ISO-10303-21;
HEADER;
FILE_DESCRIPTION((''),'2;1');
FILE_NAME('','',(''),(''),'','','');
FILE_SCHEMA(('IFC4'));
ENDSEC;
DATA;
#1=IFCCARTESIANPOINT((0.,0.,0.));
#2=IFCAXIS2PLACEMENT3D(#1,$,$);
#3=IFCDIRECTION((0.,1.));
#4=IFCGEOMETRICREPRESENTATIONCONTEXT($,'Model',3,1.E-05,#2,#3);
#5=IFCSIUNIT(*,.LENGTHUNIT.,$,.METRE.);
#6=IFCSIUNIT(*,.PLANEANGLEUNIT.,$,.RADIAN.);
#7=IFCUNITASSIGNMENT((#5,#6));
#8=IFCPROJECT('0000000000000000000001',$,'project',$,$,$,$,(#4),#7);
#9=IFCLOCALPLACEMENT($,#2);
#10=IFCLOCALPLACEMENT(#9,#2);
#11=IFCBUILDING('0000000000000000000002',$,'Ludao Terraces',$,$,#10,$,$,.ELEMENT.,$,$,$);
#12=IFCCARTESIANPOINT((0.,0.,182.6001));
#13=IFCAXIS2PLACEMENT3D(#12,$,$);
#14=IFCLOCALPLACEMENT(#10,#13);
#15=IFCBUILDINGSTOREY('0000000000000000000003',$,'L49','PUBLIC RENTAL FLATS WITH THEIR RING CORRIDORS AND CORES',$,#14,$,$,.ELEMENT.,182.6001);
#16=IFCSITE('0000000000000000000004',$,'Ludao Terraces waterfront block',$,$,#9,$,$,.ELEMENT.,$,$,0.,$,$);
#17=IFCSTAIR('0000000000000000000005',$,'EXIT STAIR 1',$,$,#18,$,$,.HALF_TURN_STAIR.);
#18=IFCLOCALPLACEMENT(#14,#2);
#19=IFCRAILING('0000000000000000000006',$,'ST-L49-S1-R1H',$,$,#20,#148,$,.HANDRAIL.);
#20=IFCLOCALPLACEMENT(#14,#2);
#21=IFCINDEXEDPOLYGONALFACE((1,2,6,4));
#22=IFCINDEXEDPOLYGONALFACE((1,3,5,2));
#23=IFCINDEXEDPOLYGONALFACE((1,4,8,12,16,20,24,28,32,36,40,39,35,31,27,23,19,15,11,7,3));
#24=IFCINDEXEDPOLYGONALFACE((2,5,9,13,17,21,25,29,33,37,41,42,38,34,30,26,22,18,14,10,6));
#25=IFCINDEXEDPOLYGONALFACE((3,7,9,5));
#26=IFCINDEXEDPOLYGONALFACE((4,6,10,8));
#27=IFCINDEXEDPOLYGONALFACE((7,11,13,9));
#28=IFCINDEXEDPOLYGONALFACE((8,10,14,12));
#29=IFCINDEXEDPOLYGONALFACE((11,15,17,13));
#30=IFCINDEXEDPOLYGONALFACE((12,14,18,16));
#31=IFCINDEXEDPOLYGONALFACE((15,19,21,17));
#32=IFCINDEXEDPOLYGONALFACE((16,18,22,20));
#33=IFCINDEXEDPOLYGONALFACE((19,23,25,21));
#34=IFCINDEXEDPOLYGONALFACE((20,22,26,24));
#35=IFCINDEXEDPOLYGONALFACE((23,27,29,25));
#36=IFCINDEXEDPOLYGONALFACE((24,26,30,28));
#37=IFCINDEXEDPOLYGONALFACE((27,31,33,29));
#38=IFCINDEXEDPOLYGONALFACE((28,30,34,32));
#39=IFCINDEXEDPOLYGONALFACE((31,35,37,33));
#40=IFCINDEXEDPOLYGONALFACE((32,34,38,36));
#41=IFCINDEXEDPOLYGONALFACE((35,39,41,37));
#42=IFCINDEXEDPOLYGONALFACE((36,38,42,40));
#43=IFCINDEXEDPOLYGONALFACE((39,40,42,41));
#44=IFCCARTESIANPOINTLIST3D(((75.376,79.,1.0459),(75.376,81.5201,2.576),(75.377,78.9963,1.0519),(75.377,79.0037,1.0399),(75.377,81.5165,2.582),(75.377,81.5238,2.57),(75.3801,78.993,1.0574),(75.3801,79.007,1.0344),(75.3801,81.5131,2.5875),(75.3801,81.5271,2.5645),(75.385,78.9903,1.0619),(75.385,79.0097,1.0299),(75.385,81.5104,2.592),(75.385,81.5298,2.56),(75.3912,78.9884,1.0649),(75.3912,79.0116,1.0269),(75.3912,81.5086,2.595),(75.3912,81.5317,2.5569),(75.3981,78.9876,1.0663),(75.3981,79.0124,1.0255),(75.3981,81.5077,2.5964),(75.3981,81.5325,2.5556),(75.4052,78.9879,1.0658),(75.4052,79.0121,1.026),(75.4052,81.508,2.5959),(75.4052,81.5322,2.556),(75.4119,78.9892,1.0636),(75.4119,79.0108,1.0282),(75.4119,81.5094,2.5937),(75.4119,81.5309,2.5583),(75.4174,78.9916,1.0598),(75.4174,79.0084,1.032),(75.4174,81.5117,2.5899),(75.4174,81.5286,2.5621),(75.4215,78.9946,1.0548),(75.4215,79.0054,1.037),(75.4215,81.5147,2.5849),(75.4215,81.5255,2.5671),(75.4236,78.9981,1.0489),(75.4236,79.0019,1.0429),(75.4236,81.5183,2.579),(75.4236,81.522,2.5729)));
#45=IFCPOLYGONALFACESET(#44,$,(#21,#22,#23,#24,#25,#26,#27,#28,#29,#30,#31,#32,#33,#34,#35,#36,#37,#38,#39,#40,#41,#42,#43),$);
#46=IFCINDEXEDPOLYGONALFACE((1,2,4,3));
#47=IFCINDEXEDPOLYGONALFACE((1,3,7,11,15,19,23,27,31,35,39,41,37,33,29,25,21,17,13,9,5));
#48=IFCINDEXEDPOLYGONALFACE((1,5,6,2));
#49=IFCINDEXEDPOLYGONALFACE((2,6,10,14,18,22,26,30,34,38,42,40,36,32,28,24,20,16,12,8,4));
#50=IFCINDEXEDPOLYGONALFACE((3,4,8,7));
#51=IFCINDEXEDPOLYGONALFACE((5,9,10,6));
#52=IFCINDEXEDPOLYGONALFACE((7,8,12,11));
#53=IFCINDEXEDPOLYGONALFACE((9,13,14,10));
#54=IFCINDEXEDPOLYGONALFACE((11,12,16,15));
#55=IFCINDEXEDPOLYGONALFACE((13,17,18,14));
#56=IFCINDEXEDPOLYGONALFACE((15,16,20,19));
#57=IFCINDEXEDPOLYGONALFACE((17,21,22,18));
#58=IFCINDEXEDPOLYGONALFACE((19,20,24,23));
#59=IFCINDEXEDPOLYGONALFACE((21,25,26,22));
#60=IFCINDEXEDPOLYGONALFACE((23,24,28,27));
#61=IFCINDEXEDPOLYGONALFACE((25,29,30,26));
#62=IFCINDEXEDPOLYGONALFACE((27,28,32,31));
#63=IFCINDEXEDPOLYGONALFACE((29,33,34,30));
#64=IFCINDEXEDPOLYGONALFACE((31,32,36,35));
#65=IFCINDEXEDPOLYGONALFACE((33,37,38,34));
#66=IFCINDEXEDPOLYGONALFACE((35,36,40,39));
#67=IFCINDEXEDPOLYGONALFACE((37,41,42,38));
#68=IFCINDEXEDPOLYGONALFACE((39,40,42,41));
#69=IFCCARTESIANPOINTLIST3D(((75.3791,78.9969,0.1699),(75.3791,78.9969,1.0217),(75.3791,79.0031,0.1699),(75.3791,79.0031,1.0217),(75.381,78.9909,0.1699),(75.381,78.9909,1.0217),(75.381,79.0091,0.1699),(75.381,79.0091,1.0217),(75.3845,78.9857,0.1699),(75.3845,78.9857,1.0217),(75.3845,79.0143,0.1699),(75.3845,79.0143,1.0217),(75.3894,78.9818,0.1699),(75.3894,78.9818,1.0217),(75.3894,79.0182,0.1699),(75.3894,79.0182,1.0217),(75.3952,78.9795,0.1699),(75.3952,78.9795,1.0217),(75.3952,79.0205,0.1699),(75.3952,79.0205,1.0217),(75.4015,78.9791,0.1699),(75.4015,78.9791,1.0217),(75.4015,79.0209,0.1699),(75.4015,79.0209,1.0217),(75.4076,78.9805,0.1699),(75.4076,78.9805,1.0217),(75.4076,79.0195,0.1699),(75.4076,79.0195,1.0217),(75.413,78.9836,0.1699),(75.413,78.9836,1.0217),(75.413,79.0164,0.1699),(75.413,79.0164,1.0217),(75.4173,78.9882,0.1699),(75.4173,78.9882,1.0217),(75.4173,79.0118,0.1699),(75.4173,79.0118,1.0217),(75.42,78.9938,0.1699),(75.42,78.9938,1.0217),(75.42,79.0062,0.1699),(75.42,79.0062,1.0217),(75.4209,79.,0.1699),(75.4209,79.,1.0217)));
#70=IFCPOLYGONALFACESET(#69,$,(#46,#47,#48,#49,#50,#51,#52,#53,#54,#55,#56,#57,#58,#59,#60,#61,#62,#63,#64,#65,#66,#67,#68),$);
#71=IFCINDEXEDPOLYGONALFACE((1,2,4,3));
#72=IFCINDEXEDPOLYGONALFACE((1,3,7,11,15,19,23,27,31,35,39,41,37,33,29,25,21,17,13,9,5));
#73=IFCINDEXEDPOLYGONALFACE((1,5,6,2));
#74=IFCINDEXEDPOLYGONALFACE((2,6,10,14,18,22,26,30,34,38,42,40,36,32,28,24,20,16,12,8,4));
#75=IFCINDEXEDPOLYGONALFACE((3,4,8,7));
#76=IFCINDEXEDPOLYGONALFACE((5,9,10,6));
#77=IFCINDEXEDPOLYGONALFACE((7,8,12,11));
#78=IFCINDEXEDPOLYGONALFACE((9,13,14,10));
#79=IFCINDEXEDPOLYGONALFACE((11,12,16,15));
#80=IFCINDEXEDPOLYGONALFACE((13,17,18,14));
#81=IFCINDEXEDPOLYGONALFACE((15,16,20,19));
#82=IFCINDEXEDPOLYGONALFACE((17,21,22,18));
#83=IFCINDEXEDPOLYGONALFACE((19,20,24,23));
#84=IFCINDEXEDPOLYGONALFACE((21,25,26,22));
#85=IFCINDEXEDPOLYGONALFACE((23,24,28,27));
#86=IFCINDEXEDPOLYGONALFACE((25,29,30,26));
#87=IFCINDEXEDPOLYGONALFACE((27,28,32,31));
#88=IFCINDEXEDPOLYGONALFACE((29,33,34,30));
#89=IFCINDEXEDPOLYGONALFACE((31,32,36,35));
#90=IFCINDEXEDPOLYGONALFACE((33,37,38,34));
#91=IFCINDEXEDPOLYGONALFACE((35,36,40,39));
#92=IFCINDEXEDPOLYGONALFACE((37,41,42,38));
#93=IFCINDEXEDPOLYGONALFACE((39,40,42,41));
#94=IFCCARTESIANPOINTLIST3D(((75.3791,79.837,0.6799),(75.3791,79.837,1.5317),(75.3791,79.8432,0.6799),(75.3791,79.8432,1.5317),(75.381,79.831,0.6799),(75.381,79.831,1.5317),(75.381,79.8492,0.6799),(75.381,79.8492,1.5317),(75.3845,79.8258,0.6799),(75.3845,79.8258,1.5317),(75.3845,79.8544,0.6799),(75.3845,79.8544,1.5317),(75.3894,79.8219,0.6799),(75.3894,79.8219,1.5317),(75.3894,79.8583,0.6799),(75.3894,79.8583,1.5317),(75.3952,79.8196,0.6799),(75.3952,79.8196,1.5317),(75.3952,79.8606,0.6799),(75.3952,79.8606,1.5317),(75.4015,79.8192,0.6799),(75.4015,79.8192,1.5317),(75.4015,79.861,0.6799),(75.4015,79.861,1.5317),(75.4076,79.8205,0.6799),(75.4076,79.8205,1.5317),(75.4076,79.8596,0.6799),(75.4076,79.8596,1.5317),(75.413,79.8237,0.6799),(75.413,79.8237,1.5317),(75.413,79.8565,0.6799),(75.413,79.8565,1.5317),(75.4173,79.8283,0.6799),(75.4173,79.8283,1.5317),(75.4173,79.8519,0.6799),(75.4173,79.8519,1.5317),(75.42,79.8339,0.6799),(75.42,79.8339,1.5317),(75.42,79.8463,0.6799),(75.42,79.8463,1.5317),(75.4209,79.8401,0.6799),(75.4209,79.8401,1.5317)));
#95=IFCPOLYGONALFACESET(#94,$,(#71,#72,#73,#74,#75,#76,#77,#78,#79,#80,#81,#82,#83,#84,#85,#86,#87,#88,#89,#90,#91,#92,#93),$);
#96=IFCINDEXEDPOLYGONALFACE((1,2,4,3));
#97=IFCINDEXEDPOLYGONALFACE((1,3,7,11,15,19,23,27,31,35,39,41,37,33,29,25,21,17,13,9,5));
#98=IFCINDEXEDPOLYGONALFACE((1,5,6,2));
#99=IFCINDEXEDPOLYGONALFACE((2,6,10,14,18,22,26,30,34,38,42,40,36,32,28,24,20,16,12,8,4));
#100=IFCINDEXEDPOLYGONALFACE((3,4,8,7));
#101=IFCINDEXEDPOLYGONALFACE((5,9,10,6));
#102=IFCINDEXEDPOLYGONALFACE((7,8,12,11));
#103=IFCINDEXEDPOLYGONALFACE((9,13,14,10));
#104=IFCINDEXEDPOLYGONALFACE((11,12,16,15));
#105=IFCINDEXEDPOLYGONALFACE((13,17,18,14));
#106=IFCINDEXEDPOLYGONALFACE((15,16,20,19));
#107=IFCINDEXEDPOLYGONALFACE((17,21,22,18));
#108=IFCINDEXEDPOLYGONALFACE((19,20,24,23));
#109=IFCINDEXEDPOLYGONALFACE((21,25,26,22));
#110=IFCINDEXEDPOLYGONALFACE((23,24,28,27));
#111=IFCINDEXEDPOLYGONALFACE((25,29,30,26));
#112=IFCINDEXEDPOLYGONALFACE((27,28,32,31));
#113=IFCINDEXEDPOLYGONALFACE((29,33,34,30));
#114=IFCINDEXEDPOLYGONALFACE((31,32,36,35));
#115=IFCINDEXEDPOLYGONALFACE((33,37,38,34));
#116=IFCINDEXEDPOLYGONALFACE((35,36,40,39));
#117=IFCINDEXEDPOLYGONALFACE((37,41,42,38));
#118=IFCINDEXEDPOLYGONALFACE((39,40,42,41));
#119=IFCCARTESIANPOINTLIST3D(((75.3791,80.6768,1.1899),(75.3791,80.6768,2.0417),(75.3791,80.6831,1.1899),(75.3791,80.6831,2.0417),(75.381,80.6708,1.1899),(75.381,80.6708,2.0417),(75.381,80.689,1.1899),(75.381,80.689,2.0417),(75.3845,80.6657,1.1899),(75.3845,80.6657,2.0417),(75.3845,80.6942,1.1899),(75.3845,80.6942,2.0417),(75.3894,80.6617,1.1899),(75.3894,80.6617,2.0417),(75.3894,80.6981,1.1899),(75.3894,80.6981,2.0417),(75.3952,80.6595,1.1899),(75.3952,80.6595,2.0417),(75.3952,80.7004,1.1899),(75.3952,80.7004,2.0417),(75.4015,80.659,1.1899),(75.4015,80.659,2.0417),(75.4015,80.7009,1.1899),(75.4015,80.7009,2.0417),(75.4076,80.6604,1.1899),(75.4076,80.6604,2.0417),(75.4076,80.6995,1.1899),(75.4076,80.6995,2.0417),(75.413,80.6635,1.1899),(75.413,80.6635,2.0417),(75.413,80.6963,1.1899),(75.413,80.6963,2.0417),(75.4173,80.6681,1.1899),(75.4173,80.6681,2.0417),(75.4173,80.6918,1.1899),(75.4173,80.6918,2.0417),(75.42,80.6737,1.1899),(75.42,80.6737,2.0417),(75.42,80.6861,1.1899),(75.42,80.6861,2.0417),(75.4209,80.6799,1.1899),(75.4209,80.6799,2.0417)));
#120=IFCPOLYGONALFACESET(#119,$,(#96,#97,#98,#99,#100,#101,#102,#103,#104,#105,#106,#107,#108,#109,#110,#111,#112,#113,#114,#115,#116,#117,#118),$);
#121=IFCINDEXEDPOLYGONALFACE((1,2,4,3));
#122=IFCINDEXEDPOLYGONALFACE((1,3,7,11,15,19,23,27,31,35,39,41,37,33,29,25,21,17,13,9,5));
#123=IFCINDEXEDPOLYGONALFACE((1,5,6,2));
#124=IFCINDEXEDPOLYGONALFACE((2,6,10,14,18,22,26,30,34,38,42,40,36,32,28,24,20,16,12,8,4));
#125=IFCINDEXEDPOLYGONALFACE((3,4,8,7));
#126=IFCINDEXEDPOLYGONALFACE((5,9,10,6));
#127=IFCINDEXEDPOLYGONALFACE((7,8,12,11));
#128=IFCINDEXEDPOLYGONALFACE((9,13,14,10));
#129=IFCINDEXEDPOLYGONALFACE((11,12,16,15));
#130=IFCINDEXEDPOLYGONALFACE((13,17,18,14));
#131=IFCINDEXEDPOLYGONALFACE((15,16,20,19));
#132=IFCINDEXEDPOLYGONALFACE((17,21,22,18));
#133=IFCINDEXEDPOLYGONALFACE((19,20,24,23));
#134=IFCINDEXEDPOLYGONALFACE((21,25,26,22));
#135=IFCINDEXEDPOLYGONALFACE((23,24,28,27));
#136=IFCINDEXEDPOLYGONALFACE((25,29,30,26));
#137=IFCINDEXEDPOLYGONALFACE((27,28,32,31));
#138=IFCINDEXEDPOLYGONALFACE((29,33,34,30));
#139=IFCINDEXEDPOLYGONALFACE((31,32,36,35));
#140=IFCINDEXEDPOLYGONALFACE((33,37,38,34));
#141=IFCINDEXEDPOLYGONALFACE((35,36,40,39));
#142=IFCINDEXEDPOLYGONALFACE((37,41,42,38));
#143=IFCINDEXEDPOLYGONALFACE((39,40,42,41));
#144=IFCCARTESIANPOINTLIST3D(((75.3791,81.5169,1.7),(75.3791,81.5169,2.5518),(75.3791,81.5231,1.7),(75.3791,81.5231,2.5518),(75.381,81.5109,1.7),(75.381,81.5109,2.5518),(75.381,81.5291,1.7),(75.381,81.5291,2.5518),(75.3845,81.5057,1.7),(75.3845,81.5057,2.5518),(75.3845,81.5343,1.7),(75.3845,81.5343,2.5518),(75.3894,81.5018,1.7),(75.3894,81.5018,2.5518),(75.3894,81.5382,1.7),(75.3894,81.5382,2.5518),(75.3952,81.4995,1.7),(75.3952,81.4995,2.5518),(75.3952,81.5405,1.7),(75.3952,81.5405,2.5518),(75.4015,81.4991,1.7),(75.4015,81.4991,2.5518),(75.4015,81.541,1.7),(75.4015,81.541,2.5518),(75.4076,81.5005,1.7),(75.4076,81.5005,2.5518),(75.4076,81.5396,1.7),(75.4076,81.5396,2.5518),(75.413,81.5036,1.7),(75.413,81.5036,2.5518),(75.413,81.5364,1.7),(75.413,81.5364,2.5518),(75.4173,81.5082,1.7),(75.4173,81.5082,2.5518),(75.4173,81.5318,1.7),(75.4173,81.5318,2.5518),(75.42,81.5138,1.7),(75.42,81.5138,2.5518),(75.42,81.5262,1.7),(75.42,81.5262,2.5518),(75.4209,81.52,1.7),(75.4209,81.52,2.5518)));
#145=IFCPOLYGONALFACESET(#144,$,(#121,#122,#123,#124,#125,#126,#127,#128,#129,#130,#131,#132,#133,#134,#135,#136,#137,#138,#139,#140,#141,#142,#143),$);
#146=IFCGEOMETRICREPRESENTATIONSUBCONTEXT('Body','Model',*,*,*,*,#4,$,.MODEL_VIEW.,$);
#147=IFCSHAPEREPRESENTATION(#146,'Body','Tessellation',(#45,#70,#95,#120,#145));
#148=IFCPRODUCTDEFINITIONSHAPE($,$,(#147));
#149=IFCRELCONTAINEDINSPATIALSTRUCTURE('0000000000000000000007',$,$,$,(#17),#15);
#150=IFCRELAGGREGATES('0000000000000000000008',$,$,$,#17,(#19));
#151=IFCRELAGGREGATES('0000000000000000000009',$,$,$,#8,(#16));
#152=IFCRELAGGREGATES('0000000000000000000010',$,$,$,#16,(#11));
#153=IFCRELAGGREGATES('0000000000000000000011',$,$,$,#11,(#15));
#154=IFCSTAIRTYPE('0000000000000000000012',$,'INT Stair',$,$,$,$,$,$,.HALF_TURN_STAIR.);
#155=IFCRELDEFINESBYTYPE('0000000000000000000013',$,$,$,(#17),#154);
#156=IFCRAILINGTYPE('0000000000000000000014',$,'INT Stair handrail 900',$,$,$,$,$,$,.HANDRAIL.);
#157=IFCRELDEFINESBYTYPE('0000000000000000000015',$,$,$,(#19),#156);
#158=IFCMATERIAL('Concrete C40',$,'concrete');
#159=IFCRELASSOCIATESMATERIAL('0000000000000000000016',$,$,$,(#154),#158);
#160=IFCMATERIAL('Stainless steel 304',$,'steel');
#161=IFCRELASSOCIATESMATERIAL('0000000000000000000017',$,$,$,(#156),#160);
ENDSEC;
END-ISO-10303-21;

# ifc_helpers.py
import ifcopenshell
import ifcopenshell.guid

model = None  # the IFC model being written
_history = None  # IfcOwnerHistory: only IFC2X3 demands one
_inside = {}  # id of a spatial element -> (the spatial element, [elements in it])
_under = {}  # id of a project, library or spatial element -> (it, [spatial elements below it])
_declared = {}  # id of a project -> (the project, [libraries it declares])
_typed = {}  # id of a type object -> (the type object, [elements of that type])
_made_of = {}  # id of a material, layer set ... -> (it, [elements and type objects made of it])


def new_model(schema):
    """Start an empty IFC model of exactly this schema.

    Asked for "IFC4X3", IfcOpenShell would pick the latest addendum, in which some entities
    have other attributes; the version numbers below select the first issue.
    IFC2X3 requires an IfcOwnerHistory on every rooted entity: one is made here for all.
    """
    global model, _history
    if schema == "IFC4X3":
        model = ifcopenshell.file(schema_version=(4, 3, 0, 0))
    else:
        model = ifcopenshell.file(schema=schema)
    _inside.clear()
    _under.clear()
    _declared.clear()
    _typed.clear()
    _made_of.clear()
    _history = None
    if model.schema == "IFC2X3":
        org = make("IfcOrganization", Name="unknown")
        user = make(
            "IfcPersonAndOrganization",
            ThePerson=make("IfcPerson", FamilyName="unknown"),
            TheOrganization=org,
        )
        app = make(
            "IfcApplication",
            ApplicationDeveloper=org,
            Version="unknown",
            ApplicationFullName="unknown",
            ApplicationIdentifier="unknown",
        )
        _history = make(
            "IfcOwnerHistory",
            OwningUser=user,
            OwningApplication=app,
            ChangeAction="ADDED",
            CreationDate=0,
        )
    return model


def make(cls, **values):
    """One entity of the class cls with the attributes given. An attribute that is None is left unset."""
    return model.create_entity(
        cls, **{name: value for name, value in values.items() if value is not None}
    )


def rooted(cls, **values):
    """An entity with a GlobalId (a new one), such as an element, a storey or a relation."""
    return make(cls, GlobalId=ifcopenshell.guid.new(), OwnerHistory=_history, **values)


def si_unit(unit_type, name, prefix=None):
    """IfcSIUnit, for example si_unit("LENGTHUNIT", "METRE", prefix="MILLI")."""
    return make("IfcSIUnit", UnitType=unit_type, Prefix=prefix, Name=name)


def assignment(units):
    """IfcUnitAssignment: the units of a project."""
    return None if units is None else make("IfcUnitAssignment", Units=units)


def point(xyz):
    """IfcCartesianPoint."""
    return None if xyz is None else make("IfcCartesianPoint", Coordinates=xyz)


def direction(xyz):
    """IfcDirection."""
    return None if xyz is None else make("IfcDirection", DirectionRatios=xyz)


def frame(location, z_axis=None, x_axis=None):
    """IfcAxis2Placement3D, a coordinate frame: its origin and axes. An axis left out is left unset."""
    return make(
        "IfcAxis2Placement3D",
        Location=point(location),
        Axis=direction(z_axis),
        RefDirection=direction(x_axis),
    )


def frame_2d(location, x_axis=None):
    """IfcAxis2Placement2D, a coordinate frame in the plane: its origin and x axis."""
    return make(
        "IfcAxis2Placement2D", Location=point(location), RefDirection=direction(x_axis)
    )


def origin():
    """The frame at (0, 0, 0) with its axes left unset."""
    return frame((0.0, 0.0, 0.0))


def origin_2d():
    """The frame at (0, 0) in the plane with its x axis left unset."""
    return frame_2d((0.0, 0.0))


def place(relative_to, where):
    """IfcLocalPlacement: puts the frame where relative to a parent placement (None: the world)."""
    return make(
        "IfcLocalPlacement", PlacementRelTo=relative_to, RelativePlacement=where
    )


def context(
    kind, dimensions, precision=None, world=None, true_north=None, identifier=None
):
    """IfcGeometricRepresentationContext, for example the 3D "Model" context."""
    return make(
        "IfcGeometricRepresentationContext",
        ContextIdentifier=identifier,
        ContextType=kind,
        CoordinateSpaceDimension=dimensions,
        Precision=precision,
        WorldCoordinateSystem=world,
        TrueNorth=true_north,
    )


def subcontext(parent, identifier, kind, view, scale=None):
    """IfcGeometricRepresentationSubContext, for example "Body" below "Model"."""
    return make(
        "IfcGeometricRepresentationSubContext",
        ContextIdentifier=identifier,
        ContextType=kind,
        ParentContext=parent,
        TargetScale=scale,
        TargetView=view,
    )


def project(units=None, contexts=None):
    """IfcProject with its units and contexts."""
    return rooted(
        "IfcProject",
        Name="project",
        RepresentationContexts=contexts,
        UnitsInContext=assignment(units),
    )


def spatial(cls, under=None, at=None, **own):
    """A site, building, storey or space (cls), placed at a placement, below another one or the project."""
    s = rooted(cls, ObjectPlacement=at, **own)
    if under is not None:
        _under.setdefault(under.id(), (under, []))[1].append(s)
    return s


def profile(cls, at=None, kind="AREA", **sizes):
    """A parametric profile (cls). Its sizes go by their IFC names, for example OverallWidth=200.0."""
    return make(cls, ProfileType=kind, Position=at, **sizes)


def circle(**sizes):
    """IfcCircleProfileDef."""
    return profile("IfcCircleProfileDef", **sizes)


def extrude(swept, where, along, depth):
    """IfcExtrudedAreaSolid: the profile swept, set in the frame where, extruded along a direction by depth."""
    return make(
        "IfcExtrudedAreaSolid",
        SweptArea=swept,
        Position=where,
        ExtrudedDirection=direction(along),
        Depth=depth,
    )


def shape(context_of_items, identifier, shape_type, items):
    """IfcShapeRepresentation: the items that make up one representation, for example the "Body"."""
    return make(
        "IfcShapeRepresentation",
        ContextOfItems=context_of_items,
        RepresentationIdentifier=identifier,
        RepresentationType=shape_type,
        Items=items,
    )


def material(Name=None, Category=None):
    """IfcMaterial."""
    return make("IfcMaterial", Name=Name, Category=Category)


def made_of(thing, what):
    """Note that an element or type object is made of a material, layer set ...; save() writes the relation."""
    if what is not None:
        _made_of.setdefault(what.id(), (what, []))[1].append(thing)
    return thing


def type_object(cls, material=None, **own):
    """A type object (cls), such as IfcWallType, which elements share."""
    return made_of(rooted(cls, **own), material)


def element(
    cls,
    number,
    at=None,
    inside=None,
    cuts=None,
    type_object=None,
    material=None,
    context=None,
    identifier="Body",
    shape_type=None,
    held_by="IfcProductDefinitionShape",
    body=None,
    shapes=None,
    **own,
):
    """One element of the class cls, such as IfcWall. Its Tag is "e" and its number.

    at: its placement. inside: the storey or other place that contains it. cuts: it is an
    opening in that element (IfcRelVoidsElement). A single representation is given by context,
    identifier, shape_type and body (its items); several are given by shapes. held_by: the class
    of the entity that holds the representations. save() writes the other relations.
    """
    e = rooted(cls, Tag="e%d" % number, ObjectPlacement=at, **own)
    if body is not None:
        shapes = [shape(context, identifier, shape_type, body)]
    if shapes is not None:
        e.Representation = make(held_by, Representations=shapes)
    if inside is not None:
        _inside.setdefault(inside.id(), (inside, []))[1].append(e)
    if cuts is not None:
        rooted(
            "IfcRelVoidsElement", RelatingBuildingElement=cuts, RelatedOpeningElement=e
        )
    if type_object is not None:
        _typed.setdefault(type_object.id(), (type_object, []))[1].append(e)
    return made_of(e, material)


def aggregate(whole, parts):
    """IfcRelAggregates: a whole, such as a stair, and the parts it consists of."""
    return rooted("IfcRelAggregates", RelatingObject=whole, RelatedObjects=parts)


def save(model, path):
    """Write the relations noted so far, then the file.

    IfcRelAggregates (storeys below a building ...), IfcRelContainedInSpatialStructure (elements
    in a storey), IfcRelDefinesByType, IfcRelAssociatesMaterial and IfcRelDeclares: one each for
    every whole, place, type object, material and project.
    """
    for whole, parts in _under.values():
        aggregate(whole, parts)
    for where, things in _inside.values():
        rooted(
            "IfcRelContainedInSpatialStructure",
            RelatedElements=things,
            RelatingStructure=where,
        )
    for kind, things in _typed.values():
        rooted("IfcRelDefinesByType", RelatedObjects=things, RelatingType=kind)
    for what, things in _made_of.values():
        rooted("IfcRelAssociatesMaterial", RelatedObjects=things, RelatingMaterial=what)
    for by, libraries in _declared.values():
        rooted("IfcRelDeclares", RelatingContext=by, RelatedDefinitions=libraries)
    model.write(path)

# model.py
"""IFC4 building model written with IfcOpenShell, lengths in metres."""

from ifc_helpers import new_model, si_unit, direction, frame, origin, origin_2d, place, context, subcontext, project, spatial, circle, extrude, material, type_object, element, aggregate, save


model = new_model("IFC4")

# Units and contexts
model_context = context("Model", 3, precision=1e-05, world=origin(), true_north=direction((0.0, 1.0)))
body_context = subcontext(model_context, "Body", "Model", "MODEL_VIEW")
ifc_project = project(units=[si_unit("LENGTHUNIT", "METRE"), si_unit("PLANEANGLEUNIT", "RADIAN")], contexts=[model_context])

# Site, building, storey
site_placement = place(None, origin())
site = spatial("IfcSite", under=ifc_project, at=site_placement, Name="Ludao Terraces waterfront block", CompositionType="ELEMENT", RefElevation=0.0)
building_placement = place(site_placement, origin())
building = spatial("IfcBuilding", under=site, at=building_placement, Name="Ludao Terraces", CompositionType="ELEMENT")
storey_placement = place(building_placement, frame((0.0, 0.0, 182.6001)))
storey = spatial("IfcBuildingStorey", under=building, at=storey_placement, Name="L49", Description="PUBLIC RENTAL FLATS WITH THEIR RING CORRIDORS AND CORES", CompositionType="ELEMENT", Elevation=182.6001)

# Shared definitions
ifc_material_1 = material(Name="Concrete C40", Category="concrete")

# Stair, railing
stair_type = type_object("IfcStairType", Name="INT Stair", PredefinedType="HALF_TURN_STAIR", material=ifc_material_1)
stair_placement = place(storey_placement, origin())
stair = element("IfcStair", 1, at=stair_placement, inside=storey, type_object=stair_type, Name="EXIT STAIR 1", PredefinedType="HALF_TURN_STAIR")
ifc_material_2 = material(Name="Stainless steel 304", Category="steel")
railing_type = type_object("IfcRailingType", Name="INT Stair handrail 900", PredefinedType="HANDRAIL", material=ifc_material_2)
railing_placement = place(storey_placement, frame((75.3999, 79.0, 0.1699)))
railing = element("IfcRailing", 2, at=railing_placement, type_object=railing_type, Name="ST-L49-S1-R1H", PredefinedType="HANDRAIL", context=body_context, shape_type="SweptSolid", body=[
    extrude(circle(Radius=0.0239, at=origin_2d()), frame((0.0, 0.0, 0.876), z_axis=(0.0, 0.854785, 0.518982), x_axis=(-1.0, 0.0, 0.0)), (0.0, 0.0, 1.0), 2.9482),
    extrude(circle(Radius=0.021, at=origin_2d()), origin(), (0.0, 0.0, 1.0), 0.8518),
    extrude(circle(Radius=0.021, at=origin_2d()), frame((0.0, 0.8401, 0.51)), (0.0, 0.0, 1.0), 0.8518),
    extrude(circle(Radius=0.021, at=origin_2d()), frame((0.0, 1.6799, 1.02)), (0.0, 0.0, 1.0), 0.8518),
    extrude(circle(Radius=0.021, at=origin_2d()), frame((0.0, 2.52, 1.53)), (0.0, 0.0, 1.0), 0.8518),
])
aggregate(stair, [railing])

save(model, "model.ifc")
